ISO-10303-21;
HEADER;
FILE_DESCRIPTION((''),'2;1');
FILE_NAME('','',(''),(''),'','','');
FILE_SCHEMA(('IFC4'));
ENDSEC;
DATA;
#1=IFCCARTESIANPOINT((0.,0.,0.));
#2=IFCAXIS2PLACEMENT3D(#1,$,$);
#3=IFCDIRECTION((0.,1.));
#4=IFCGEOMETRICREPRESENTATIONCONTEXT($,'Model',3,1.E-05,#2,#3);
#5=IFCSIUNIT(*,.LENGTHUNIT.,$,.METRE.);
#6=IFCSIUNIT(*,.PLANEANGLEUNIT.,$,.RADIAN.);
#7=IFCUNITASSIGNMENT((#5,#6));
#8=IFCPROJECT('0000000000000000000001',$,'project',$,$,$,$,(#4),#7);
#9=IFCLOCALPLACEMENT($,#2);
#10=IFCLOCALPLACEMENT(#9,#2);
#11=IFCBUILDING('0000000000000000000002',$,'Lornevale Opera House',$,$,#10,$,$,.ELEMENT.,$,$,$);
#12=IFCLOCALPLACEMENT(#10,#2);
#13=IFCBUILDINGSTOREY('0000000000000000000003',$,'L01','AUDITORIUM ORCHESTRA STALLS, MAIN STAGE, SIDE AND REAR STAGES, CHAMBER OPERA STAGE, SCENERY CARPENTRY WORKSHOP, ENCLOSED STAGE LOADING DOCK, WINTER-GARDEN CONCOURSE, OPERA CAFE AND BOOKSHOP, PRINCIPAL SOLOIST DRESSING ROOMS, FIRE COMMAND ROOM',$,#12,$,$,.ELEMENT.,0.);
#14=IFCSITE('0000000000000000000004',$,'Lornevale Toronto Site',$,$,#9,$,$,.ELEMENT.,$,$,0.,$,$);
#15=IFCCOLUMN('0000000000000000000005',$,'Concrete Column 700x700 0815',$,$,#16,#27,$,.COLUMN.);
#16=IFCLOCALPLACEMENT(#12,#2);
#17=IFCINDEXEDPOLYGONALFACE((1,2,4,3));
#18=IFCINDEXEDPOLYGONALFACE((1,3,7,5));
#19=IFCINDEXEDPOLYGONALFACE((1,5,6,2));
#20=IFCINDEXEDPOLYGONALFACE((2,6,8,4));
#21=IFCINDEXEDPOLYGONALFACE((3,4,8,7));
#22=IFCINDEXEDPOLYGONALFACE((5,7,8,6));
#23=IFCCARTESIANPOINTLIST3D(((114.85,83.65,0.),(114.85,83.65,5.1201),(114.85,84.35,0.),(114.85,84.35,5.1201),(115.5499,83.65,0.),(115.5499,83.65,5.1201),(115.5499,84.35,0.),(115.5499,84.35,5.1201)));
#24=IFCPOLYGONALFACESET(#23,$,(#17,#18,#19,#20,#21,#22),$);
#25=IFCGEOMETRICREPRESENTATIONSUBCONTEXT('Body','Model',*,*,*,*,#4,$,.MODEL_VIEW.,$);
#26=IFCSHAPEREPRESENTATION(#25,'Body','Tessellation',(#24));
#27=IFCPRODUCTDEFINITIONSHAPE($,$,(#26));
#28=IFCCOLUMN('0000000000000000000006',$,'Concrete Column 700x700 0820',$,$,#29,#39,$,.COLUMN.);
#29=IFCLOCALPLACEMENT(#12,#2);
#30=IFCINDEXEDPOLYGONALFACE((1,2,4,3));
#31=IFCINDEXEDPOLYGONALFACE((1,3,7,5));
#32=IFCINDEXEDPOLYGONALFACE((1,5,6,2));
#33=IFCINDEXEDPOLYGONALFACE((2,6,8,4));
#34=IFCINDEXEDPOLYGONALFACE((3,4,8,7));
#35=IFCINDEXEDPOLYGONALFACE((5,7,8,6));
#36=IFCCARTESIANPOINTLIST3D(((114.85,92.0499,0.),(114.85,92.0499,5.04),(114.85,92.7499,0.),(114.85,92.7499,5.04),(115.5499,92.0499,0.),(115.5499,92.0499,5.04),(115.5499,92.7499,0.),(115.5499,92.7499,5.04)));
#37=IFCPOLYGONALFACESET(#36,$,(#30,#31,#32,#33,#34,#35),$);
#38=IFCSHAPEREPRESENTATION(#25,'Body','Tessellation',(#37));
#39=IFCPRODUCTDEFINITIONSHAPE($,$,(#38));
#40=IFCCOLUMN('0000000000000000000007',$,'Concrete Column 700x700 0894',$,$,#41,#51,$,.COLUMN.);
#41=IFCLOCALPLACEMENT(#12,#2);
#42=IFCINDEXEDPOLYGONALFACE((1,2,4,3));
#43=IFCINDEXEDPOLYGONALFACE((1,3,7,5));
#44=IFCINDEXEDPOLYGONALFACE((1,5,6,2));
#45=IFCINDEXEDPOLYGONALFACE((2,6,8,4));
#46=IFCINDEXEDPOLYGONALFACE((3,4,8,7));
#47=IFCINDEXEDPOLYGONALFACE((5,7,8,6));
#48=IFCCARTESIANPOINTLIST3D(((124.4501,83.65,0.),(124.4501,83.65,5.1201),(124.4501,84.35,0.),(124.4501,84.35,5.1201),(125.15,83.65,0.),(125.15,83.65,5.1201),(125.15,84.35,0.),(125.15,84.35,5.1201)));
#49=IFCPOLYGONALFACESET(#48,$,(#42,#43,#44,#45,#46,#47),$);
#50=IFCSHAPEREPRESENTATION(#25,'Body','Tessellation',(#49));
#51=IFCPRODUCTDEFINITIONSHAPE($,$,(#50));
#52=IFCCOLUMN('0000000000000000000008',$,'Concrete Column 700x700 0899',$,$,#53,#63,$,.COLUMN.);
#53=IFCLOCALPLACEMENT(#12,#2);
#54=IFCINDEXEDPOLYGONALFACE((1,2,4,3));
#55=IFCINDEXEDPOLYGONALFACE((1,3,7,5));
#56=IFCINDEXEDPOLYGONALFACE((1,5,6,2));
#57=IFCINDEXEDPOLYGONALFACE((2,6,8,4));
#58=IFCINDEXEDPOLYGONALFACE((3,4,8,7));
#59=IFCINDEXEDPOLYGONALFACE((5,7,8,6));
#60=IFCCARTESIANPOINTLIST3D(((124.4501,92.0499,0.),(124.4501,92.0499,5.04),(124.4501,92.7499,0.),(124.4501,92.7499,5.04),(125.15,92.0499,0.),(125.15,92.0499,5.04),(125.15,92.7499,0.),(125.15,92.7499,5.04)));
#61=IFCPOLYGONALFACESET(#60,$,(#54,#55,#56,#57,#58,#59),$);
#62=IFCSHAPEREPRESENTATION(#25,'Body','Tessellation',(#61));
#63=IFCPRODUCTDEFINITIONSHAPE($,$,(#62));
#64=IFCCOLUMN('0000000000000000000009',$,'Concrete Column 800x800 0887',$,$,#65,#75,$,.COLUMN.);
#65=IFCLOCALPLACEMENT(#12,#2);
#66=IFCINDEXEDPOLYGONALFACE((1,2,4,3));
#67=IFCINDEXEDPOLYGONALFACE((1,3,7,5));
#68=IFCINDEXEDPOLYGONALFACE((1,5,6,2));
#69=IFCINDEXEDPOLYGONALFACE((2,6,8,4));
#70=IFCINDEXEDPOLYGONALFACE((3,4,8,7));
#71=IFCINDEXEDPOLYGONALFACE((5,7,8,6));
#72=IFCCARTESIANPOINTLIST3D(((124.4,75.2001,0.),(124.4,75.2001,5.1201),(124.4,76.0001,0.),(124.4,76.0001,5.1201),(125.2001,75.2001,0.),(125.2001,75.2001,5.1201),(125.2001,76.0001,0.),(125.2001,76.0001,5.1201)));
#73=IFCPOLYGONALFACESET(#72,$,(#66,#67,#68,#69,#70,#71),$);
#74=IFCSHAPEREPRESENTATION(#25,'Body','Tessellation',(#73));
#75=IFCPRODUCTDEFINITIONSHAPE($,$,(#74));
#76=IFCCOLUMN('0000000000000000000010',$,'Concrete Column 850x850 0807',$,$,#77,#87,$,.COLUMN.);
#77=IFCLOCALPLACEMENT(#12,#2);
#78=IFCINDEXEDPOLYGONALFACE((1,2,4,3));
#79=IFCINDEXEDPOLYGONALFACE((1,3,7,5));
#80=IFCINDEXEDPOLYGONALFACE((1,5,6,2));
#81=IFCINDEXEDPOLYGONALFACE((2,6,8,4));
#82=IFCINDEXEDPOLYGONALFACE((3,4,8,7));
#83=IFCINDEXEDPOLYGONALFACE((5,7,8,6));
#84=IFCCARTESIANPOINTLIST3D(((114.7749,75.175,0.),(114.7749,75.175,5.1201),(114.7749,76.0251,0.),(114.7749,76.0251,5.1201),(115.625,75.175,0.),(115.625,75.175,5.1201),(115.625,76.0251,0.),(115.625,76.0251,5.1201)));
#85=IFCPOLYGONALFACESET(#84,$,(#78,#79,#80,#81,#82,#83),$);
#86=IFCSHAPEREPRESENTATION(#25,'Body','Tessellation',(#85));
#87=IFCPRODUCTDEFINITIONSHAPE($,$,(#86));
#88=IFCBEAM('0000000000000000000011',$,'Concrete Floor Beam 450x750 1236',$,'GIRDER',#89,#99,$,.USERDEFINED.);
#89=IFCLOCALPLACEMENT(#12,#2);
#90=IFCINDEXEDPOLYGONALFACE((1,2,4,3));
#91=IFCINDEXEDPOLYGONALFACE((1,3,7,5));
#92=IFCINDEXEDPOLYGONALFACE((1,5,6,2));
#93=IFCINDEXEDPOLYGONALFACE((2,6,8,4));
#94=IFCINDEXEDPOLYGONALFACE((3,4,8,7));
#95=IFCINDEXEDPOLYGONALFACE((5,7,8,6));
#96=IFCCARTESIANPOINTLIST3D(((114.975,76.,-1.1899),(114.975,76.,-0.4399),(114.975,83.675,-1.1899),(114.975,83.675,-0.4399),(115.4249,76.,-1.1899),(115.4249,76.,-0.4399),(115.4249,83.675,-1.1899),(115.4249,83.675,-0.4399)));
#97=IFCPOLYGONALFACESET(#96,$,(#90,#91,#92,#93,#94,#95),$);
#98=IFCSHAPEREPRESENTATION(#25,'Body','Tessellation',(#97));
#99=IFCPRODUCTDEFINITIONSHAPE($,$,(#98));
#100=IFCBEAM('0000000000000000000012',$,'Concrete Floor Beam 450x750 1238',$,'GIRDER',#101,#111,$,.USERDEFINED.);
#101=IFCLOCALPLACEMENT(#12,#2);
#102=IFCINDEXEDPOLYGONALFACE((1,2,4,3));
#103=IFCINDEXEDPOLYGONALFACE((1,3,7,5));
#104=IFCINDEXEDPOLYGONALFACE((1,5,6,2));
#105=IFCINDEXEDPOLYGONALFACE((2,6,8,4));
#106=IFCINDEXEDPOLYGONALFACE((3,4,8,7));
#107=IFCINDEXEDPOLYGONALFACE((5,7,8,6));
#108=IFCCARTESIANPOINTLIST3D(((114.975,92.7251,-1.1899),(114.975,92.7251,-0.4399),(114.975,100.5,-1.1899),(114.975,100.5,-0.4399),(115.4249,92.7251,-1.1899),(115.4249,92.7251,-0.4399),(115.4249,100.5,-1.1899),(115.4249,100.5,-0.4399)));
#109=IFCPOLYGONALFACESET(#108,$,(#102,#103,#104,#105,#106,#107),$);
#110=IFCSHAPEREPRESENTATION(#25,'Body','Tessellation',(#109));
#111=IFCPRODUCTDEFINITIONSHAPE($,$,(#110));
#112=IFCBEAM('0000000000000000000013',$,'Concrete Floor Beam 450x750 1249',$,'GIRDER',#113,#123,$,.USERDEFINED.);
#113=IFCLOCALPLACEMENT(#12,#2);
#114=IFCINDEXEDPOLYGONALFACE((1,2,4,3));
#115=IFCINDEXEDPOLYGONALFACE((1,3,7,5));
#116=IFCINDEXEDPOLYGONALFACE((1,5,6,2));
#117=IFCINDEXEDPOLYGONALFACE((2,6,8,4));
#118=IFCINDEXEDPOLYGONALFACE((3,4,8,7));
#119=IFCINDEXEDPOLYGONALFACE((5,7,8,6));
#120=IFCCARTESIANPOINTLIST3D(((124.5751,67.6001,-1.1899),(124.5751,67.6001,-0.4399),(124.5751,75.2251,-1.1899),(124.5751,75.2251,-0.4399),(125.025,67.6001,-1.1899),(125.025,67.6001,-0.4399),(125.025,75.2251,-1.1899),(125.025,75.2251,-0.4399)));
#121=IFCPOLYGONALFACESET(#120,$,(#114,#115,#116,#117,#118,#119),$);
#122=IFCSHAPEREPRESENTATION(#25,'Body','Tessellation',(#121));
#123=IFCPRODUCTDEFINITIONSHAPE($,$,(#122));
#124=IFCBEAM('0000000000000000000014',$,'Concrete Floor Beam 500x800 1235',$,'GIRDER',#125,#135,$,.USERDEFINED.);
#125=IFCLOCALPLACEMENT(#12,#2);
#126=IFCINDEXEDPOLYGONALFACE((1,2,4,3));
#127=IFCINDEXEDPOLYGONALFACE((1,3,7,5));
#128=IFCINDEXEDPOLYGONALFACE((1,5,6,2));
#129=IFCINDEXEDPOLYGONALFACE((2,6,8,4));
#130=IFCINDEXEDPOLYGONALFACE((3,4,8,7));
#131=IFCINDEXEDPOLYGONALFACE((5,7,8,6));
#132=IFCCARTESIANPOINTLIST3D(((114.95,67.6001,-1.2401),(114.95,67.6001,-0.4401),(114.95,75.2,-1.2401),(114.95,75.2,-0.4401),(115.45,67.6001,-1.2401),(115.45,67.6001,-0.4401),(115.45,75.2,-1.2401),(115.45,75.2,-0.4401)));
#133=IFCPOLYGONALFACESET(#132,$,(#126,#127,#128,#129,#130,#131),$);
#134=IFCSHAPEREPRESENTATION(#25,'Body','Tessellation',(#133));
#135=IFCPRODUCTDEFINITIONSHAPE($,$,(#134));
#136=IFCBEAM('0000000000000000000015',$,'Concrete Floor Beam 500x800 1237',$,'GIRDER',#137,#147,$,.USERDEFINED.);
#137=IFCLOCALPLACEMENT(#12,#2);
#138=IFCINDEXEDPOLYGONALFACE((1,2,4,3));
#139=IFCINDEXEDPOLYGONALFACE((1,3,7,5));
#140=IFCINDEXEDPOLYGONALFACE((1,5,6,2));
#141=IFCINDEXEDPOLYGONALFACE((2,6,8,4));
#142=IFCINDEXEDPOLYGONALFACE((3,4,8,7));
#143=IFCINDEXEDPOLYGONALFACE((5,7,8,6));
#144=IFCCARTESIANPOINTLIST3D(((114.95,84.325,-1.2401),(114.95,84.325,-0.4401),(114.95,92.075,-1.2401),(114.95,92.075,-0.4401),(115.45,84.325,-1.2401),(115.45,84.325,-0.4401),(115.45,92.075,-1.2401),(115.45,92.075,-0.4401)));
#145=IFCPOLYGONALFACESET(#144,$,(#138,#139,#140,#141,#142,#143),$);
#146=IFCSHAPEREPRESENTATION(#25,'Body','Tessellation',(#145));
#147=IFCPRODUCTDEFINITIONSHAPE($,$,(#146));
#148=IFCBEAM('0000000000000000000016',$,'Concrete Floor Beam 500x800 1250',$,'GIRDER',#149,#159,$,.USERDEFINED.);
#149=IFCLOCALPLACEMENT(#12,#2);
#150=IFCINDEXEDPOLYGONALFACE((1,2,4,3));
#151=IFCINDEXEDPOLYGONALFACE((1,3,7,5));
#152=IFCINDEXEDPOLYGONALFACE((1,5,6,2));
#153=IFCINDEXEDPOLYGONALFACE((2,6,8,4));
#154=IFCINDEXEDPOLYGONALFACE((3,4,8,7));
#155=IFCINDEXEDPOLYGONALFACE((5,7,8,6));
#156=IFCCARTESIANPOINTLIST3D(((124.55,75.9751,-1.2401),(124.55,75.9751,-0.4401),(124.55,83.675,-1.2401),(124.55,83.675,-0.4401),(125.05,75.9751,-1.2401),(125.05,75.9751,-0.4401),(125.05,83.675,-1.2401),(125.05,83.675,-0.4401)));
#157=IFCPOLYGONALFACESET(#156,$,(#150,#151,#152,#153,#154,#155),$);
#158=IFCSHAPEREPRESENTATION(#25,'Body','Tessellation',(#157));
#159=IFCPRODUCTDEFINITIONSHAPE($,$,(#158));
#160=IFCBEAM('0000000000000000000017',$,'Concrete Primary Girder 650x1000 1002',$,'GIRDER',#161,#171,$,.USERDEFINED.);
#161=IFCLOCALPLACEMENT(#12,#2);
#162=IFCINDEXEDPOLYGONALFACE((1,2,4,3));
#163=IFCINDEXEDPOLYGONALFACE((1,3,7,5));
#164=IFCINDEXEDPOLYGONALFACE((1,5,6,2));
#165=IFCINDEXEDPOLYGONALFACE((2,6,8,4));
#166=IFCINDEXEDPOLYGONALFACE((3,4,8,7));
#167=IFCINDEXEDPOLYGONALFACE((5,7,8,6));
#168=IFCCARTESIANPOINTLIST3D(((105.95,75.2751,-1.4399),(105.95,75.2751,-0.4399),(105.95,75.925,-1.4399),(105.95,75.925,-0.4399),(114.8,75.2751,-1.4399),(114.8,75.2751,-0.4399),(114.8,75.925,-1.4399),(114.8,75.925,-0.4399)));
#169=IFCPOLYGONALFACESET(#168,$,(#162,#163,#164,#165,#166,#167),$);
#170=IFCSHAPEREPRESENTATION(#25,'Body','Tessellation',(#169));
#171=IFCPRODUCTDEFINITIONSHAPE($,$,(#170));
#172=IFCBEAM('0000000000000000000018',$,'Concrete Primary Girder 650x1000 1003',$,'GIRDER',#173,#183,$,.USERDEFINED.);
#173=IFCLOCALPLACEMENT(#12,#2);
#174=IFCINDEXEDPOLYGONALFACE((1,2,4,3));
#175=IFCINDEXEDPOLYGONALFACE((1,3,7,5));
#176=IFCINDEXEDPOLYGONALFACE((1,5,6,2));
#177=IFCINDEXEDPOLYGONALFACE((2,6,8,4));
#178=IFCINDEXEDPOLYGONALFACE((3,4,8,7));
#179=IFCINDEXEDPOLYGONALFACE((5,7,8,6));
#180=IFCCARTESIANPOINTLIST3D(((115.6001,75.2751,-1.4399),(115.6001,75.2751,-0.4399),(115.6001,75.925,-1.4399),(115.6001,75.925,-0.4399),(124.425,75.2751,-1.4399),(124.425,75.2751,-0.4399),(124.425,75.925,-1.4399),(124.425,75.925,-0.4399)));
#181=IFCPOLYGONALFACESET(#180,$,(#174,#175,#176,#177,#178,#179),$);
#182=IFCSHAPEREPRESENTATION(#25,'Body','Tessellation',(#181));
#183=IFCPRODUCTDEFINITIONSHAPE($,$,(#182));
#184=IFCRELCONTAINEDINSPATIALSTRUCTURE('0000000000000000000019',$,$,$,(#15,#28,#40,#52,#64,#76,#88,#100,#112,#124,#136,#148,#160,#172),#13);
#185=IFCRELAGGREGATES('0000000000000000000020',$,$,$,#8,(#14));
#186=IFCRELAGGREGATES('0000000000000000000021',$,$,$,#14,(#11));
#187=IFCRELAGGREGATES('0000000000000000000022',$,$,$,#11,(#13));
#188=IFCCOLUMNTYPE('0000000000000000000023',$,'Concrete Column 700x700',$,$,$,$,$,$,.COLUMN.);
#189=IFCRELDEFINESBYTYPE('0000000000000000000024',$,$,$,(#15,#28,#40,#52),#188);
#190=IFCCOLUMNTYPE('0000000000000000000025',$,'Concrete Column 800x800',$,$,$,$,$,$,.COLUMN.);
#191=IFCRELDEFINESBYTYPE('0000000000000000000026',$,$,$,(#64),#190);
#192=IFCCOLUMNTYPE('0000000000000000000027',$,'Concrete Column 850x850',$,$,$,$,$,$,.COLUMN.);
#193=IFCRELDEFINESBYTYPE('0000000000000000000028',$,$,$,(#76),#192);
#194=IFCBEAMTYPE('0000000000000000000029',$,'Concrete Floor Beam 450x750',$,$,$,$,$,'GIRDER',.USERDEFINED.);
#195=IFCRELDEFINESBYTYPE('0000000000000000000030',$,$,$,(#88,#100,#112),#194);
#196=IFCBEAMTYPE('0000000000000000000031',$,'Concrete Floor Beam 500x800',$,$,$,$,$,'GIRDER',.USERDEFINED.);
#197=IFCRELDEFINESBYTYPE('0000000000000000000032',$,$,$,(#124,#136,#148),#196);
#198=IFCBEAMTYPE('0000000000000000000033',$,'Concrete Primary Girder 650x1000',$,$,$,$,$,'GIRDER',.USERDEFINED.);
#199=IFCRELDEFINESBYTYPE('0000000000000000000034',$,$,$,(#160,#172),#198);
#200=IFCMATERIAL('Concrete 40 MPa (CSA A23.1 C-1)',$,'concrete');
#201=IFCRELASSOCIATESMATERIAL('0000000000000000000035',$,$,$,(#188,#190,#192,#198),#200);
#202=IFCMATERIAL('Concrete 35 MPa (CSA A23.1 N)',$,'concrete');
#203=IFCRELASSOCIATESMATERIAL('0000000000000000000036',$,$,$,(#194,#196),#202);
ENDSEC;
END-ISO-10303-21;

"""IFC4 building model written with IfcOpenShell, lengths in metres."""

from ifc_helpers import new_model, si_unit, direction, frame, origin, origin_2d, place, context, subcontext, project, spatial, rectangle, extrude, material, material_profile, profile_set, type_object, element, save


model = new_model("IFC4")

# Units and contexts
model_context = context("Model", 3, precision=1e-05, world=origin(), true_north=direction((0.0, 1.0)))
body_context = subcontext(model_context, "Body", "Model", "MODEL_VIEW")
ifc_project = project(units=[si_unit("LENGTHUNIT", "METRE"), si_unit("PLANEANGLEUNIT", "RADIAN")], contexts=[model_context])

# Site, building, storey
site_placement = place(None, origin())
site = spatial("IfcSite", under=ifc_project, at=site_placement, Name="Lornevale Toronto Site", CompositionType="ELEMENT", RefElevation=0.0)
building_placement = place(site_placement, origin())
building = spatial("IfcBuilding", under=site, at=building_placement, Name="Lornevale Opera House", CompositionType="ELEMENT")
storey_placement = place(building_placement, origin())
storey = spatial("IfcBuildingStorey", under=building, at=storey_placement, Name="L01", Description="AUDITORIUM ORCHESTRA STALLS, MAIN STAGE, SIDE AND REAR STAGES, CHAMBER OPERA STAGE, SCENERY CARPENTRY WORKSHOP, ENCLOSED STAGE LOADING DOCK, WINTER-GARDEN CONCOURSE, OPERA CAFE AND BOOKSHOP, PRINCIPAL SOLOIST DRESSING ROOMS, FIRE COMMAND ROOM", CompositionType="ELEMENT", Elevation=0.0)

# Columns
ifc_material_1 = material(Name="Concrete 40 MPa (CSA A23.1 C-1)", Category="concrete")
ifc_material_profile_1 = material_profile(ifc_material_1, rectangle(XDim=0.7, YDim=0.7, at=origin_2d()), Name="RC700x700")
ifc_profile_set_1 = profile_set([ifc_material_profile_1], Name="Concrete 40 MPa (CSA A23.1 C-1)")
column_type_1 = type_object("IfcColumnType", Name="Concrete Column 700x700", PredefinedType="COLUMN", material=ifc_profile_set_1)
column_1_placement = place(storey_placement, frame((115.2, 84.0, 0.0), z_axis=(0.0, 0.0, 1.0), x_axis=(1.0, 0.0, 0.0)))
element("IfcColumn", 1, at=column_1_placement, inside=storey, type_object=column_type_1, Name="Concrete Column 700x700 0815", PredefinedType="COLUMN", context=body_context, shape_type="SweptSolid", body=[
    extrude(rectangle(XDim=0.7, YDim=0.7, at=origin_2d()), origin(), (0.0, 0.0, 1.0), 5.1201),
])
column_2_placement = place(storey_placement, frame((115.2, 92.3999, 0.0), z_axis=(0.0, 0.0, 1.0), x_axis=(1.0, 0.0, 0.0)))
element("IfcColumn", 2, at=column_2_placement, inside=storey, type_object=column_type_1, Name="Concrete Column 700x700 0820", PredefinedType="COLUMN", context=body_context, shape_type="SweptSolid", body=[
    extrude(rectangle(XDim=0.7, YDim=0.7, at=origin_2d()), origin(), (0.0, 0.0, 1.0), 5.04),
])
column_3_placement = place(storey_placement, frame((124.8, 84.0, 0.0), z_axis=(0.0, 0.0, 1.0), x_axis=(1.0, 0.0, 0.0)))
element("IfcColumn", 3, at=column_3_placement, inside=storey, type_object=column_type_1, Name="Concrete Column 700x700 0894", PredefinedType="COLUMN", context=body_context, shape_type="SweptSolid", body=[
    extrude(rectangle(XDim=0.7, YDim=0.7, at=origin_2d()), origin(), (0.0, 0.0, 1.0), 5.1201),
])
column_4_placement = place(storey_placement, frame((124.8, 92.3999, 0.0), z_axis=(0.0, 0.0, 1.0), x_axis=(1.0, 0.0, 0.0)))
element("IfcColumn", 4, at=column_4_placement, inside=storey, type_object=column_type_1, Name="Concrete Column 700x700 0899", PredefinedType="COLUMN", context=body_context, shape_type="SweptSolid", body=[
    extrude(rectangle(XDim=0.7, YDim=0.7, at=origin_2d()), origin(), (0.0, 0.0, 1.0), 5.04),
])
ifc_material_profile_2 = material_profile(ifc_material_1, rectangle(XDim=0.8, YDim=0.8, at=origin_2d()), Name="RC800x800")
ifc_profile_set_2 = profile_set([ifc_material_profile_2], Name="Concrete 40 MPa (CSA A23.1 C-1)")
column_type_2 = type_object("IfcColumnType", Name="Concrete Column 800x800", PredefinedType="COLUMN", material=ifc_profile_set_2)
column_5_placement = place(storey_placement, frame((124.8, 75.6001, 0.0), z_axis=(0.0, 0.0, 1.0), x_axis=(1.0, 0.0, 0.0)))
element("IfcColumn", 5, at=column_5_placement, inside=storey, type_object=column_type_2, Name="Concrete Column 800x800 0887", PredefinedType="COLUMN", context=body_context, shape_type="SweptSolid", body=[
    extrude(rectangle(XDim=0.8, YDim=0.8, at=origin_2d()), origin(), (0.0, 0.0, 1.0), 5.1201),
])
ifc_material_profile_3 = material_profile(ifc_material_1, rectangle(XDim=0.8501, YDim=0.8501, at=origin_2d()), Name="RC850x850")
ifc_profile_set_3 = profile_set([ifc_material_profile_3], Name="Concrete 40 MPa (CSA A23.1 C-1)")
column_type_3 = type_object("IfcColumnType", Name="Concrete Column 850x850", PredefinedType="COLUMN", material=ifc_profile_set_3)
column_6_placement = place(storey_placement, frame((115.2, 75.6001, 0.0), z_axis=(0.0, 0.0, 1.0), x_axis=(1.0, 0.0, 0.0)))
element("IfcColumn", 6, at=column_6_placement, inside=storey, type_object=column_type_3, Name="Concrete Column 850x850 0807", PredefinedType="COLUMN", context=body_context, shape_type="SweptSolid", body=[
    extrude(rectangle(XDim=0.8501, YDim=0.8501, at=origin_2d()), origin(), (0.0, 0.0, 1.0), 5.1201),
])

# Beams
ifc_material_2 = material(Name="Concrete 35 MPa (CSA A23.1 N)", Category="concrete")
ifc_material_profile_4 = material_profile(ifc_material_2, rectangle(XDim=0.45, YDim=0.75, at=origin_2d()), Name="RC450x750")
ifc_profile_set_4 = profile_set([ifc_material_profile_4], Name="Concrete 35 MPa (CSA A23.1 N)")
beam_type_1 = type_object("IfcBeamType", Name="Concrete Floor Beam 450x750", ElementType="GIRDER", PredefinedType="USERDEFINED", material=ifc_profile_set_4)
beam_1_placement = place(storey_placement, frame((115.2, 76.0, -0.8149), z_axis=(0.0, 1.0, 0.0), x_axis=(-1.0, 0.0, 0.0)))
element("IfcBeam", 7, at=beam_1_placement, inside=storey, type_object=beam_type_1, Name="Concrete Floor Beam 450x750 1236", ObjectType="GIRDER", PredefinedType="USERDEFINED", context=body_context, shape_type="SweptSolid", body=[
    extrude(rectangle(XDim=0.45, YDim=0.75, at=origin_2d()), origin(), (0.0, 0.0, 1.0), 7.675),
])
beam_2_placement = place(storey_placement, frame((115.2, 92.7251, -0.8149), z_axis=(0.0, 1.0, 0.0), x_axis=(-1.0, 0.0, 0.0)))
element("IfcBeam", 8, at=beam_2_placement, inside=storey, type_object=beam_type_1, Name="Concrete Floor Beam 450x750 1238", ObjectType="GIRDER", PredefinedType="USERDEFINED", context=body_context, shape_type="SweptSolid", body=[
    extrude(rectangle(XDim=0.45, YDim=0.75, at=origin_2d()), origin(), (0.0, 0.0, 1.0), 7.7749),
])
beam_3_placement = place(storey_placement, frame((124.8, 67.6001, -0.8149), z_axis=(0.0, 1.0, 0.0), x_axis=(-1.0, 0.0, 0.0)))
element("IfcBeam", 9, at=beam_3_placement, inside=storey, type_object=beam_type_1, Name="Concrete Floor Beam 450x750 1249", ObjectType="GIRDER", PredefinedType="USERDEFINED", context=body_context, shape_type="SweptSolid", body=[
    extrude(rectangle(XDim=0.45, YDim=0.75, at=origin_2d()), origin(), (0.0, 0.0, 1.0), 7.625),
])
ifc_material_profile_5 = material_profile(ifc_material_2, rectangle(XDim=0.5, YDim=0.8, at=origin_2d()), Name="RC500x800")
ifc_profile_set_5 = profile_set([ifc_material_profile_5], Name="Concrete 35 MPa (CSA A23.1 N)")
beam_type_2 = type_object("IfcBeamType", Name="Concrete Floor Beam 500x800", ElementType="GIRDER", PredefinedType="USERDEFINED", material=ifc_profile_set_5)
beam_4_placement = place(storey_placement, frame((115.2, 67.6001, -0.8401), z_axis=(0.0, 1.0, 0.0), x_axis=(-1.0, 0.0, 0.0)))
element("IfcBeam", 10, at=beam_4_placement, inside=storey, type_object=beam_type_2, Name="Concrete Floor Beam 500x800 1235", ObjectType="GIRDER", PredefinedType="USERDEFINED", context=body_context, shape_type="SweptSolid", body=[
    extrude(rectangle(XDim=0.5, YDim=0.8, at=origin_2d()), origin(), (0.0, 0.0, 1.0), 7.5999),
])
beam_5_placement = place(storey_placement, frame((115.2, 84.325, -0.8401), z_axis=(0.0, 1.0, 0.0), x_axis=(-1.0, 0.0, 0.0)))
element("IfcBeam", 11, at=beam_5_placement, inside=storey, type_object=beam_type_2, Name="Concrete Floor Beam 500x800 1237", ObjectType="GIRDER", PredefinedType="USERDEFINED", context=body_context, shape_type="SweptSolid", body=[
    extrude(rectangle(XDim=0.5, YDim=0.8, at=origin_2d()), origin(), (0.0, 0.0, 1.0), 7.75),
])
beam_6_placement = place(storey_placement, frame((124.8, 75.9751, -0.8401), z_axis=(0.0, 1.0, 0.0), x_axis=(-1.0, 0.0, 0.0)))
element("IfcBeam", 12, at=beam_6_placement, inside=storey, type_object=beam_type_2, Name="Concrete Floor Beam 500x800 1250", ObjectType="GIRDER", PredefinedType="USERDEFINED", context=body_context, shape_type="SweptSolid", body=[
    extrude(rectangle(XDim=0.5, YDim=0.8, at=origin_2d()), origin(), (0.0, 0.0, 1.0), 7.7),
])
ifc_material_profile_6 = material_profile(ifc_material_1, rectangle(XDim=0.6499, YDim=1.0, at=origin_2d()), Name="RC650x1000")
ifc_profile_set_6 = profile_set([ifc_material_profile_6], Name="Concrete 40 MPa (CSA A23.1 C-1)")
beam_type_3 = type_object("IfcBeamType", Name="Concrete Primary Girder 650x1000", ElementType="GIRDER", PredefinedType="USERDEFINED", material=ifc_profile_set_6)
beam_7_placement = place(storey_placement, frame((105.95, 75.6001, -0.9399), z_axis=(1.0, 0.0, 0.0), x_axis=(0.0, 1.0, 0.0)))
element("IfcBeam", 13, at=beam_7_placement, inside=storey, type_object=beam_type_3, Name="Concrete Primary Girder 650x1000 1002", ObjectType="GIRDER", PredefinedType="USERDEFINED", context=body_context, shape_type="SweptSolid", body=[
    extrude(rectangle(XDim=0.6499, YDim=1.0, at=origin_2d()), origin(), (0.0, 0.0, 1.0), 8.8501),
])
beam_8_placement = place(storey_placement, frame((115.6001, 75.6001, -0.9399), z_axis=(1.0, 0.0, 0.0), x_axis=(0.0, 1.0, 0.0)))
element("IfcBeam", 14, at=beam_8_placement, inside=storey, type_object=beam_type_3, Name="Concrete Primary Girder 650x1000 1003", ObjectType="GIRDER", PredefinedType="USERDEFINED", context=body_context, shape_type="SweptSolid", body=[
    extrude(rectangle(XDim=0.6499, YDim=1.0, at=origin_2d()), origin(), (0.0, 0.0, 1.0), 8.825),
])

save(model, "model.ifc")
